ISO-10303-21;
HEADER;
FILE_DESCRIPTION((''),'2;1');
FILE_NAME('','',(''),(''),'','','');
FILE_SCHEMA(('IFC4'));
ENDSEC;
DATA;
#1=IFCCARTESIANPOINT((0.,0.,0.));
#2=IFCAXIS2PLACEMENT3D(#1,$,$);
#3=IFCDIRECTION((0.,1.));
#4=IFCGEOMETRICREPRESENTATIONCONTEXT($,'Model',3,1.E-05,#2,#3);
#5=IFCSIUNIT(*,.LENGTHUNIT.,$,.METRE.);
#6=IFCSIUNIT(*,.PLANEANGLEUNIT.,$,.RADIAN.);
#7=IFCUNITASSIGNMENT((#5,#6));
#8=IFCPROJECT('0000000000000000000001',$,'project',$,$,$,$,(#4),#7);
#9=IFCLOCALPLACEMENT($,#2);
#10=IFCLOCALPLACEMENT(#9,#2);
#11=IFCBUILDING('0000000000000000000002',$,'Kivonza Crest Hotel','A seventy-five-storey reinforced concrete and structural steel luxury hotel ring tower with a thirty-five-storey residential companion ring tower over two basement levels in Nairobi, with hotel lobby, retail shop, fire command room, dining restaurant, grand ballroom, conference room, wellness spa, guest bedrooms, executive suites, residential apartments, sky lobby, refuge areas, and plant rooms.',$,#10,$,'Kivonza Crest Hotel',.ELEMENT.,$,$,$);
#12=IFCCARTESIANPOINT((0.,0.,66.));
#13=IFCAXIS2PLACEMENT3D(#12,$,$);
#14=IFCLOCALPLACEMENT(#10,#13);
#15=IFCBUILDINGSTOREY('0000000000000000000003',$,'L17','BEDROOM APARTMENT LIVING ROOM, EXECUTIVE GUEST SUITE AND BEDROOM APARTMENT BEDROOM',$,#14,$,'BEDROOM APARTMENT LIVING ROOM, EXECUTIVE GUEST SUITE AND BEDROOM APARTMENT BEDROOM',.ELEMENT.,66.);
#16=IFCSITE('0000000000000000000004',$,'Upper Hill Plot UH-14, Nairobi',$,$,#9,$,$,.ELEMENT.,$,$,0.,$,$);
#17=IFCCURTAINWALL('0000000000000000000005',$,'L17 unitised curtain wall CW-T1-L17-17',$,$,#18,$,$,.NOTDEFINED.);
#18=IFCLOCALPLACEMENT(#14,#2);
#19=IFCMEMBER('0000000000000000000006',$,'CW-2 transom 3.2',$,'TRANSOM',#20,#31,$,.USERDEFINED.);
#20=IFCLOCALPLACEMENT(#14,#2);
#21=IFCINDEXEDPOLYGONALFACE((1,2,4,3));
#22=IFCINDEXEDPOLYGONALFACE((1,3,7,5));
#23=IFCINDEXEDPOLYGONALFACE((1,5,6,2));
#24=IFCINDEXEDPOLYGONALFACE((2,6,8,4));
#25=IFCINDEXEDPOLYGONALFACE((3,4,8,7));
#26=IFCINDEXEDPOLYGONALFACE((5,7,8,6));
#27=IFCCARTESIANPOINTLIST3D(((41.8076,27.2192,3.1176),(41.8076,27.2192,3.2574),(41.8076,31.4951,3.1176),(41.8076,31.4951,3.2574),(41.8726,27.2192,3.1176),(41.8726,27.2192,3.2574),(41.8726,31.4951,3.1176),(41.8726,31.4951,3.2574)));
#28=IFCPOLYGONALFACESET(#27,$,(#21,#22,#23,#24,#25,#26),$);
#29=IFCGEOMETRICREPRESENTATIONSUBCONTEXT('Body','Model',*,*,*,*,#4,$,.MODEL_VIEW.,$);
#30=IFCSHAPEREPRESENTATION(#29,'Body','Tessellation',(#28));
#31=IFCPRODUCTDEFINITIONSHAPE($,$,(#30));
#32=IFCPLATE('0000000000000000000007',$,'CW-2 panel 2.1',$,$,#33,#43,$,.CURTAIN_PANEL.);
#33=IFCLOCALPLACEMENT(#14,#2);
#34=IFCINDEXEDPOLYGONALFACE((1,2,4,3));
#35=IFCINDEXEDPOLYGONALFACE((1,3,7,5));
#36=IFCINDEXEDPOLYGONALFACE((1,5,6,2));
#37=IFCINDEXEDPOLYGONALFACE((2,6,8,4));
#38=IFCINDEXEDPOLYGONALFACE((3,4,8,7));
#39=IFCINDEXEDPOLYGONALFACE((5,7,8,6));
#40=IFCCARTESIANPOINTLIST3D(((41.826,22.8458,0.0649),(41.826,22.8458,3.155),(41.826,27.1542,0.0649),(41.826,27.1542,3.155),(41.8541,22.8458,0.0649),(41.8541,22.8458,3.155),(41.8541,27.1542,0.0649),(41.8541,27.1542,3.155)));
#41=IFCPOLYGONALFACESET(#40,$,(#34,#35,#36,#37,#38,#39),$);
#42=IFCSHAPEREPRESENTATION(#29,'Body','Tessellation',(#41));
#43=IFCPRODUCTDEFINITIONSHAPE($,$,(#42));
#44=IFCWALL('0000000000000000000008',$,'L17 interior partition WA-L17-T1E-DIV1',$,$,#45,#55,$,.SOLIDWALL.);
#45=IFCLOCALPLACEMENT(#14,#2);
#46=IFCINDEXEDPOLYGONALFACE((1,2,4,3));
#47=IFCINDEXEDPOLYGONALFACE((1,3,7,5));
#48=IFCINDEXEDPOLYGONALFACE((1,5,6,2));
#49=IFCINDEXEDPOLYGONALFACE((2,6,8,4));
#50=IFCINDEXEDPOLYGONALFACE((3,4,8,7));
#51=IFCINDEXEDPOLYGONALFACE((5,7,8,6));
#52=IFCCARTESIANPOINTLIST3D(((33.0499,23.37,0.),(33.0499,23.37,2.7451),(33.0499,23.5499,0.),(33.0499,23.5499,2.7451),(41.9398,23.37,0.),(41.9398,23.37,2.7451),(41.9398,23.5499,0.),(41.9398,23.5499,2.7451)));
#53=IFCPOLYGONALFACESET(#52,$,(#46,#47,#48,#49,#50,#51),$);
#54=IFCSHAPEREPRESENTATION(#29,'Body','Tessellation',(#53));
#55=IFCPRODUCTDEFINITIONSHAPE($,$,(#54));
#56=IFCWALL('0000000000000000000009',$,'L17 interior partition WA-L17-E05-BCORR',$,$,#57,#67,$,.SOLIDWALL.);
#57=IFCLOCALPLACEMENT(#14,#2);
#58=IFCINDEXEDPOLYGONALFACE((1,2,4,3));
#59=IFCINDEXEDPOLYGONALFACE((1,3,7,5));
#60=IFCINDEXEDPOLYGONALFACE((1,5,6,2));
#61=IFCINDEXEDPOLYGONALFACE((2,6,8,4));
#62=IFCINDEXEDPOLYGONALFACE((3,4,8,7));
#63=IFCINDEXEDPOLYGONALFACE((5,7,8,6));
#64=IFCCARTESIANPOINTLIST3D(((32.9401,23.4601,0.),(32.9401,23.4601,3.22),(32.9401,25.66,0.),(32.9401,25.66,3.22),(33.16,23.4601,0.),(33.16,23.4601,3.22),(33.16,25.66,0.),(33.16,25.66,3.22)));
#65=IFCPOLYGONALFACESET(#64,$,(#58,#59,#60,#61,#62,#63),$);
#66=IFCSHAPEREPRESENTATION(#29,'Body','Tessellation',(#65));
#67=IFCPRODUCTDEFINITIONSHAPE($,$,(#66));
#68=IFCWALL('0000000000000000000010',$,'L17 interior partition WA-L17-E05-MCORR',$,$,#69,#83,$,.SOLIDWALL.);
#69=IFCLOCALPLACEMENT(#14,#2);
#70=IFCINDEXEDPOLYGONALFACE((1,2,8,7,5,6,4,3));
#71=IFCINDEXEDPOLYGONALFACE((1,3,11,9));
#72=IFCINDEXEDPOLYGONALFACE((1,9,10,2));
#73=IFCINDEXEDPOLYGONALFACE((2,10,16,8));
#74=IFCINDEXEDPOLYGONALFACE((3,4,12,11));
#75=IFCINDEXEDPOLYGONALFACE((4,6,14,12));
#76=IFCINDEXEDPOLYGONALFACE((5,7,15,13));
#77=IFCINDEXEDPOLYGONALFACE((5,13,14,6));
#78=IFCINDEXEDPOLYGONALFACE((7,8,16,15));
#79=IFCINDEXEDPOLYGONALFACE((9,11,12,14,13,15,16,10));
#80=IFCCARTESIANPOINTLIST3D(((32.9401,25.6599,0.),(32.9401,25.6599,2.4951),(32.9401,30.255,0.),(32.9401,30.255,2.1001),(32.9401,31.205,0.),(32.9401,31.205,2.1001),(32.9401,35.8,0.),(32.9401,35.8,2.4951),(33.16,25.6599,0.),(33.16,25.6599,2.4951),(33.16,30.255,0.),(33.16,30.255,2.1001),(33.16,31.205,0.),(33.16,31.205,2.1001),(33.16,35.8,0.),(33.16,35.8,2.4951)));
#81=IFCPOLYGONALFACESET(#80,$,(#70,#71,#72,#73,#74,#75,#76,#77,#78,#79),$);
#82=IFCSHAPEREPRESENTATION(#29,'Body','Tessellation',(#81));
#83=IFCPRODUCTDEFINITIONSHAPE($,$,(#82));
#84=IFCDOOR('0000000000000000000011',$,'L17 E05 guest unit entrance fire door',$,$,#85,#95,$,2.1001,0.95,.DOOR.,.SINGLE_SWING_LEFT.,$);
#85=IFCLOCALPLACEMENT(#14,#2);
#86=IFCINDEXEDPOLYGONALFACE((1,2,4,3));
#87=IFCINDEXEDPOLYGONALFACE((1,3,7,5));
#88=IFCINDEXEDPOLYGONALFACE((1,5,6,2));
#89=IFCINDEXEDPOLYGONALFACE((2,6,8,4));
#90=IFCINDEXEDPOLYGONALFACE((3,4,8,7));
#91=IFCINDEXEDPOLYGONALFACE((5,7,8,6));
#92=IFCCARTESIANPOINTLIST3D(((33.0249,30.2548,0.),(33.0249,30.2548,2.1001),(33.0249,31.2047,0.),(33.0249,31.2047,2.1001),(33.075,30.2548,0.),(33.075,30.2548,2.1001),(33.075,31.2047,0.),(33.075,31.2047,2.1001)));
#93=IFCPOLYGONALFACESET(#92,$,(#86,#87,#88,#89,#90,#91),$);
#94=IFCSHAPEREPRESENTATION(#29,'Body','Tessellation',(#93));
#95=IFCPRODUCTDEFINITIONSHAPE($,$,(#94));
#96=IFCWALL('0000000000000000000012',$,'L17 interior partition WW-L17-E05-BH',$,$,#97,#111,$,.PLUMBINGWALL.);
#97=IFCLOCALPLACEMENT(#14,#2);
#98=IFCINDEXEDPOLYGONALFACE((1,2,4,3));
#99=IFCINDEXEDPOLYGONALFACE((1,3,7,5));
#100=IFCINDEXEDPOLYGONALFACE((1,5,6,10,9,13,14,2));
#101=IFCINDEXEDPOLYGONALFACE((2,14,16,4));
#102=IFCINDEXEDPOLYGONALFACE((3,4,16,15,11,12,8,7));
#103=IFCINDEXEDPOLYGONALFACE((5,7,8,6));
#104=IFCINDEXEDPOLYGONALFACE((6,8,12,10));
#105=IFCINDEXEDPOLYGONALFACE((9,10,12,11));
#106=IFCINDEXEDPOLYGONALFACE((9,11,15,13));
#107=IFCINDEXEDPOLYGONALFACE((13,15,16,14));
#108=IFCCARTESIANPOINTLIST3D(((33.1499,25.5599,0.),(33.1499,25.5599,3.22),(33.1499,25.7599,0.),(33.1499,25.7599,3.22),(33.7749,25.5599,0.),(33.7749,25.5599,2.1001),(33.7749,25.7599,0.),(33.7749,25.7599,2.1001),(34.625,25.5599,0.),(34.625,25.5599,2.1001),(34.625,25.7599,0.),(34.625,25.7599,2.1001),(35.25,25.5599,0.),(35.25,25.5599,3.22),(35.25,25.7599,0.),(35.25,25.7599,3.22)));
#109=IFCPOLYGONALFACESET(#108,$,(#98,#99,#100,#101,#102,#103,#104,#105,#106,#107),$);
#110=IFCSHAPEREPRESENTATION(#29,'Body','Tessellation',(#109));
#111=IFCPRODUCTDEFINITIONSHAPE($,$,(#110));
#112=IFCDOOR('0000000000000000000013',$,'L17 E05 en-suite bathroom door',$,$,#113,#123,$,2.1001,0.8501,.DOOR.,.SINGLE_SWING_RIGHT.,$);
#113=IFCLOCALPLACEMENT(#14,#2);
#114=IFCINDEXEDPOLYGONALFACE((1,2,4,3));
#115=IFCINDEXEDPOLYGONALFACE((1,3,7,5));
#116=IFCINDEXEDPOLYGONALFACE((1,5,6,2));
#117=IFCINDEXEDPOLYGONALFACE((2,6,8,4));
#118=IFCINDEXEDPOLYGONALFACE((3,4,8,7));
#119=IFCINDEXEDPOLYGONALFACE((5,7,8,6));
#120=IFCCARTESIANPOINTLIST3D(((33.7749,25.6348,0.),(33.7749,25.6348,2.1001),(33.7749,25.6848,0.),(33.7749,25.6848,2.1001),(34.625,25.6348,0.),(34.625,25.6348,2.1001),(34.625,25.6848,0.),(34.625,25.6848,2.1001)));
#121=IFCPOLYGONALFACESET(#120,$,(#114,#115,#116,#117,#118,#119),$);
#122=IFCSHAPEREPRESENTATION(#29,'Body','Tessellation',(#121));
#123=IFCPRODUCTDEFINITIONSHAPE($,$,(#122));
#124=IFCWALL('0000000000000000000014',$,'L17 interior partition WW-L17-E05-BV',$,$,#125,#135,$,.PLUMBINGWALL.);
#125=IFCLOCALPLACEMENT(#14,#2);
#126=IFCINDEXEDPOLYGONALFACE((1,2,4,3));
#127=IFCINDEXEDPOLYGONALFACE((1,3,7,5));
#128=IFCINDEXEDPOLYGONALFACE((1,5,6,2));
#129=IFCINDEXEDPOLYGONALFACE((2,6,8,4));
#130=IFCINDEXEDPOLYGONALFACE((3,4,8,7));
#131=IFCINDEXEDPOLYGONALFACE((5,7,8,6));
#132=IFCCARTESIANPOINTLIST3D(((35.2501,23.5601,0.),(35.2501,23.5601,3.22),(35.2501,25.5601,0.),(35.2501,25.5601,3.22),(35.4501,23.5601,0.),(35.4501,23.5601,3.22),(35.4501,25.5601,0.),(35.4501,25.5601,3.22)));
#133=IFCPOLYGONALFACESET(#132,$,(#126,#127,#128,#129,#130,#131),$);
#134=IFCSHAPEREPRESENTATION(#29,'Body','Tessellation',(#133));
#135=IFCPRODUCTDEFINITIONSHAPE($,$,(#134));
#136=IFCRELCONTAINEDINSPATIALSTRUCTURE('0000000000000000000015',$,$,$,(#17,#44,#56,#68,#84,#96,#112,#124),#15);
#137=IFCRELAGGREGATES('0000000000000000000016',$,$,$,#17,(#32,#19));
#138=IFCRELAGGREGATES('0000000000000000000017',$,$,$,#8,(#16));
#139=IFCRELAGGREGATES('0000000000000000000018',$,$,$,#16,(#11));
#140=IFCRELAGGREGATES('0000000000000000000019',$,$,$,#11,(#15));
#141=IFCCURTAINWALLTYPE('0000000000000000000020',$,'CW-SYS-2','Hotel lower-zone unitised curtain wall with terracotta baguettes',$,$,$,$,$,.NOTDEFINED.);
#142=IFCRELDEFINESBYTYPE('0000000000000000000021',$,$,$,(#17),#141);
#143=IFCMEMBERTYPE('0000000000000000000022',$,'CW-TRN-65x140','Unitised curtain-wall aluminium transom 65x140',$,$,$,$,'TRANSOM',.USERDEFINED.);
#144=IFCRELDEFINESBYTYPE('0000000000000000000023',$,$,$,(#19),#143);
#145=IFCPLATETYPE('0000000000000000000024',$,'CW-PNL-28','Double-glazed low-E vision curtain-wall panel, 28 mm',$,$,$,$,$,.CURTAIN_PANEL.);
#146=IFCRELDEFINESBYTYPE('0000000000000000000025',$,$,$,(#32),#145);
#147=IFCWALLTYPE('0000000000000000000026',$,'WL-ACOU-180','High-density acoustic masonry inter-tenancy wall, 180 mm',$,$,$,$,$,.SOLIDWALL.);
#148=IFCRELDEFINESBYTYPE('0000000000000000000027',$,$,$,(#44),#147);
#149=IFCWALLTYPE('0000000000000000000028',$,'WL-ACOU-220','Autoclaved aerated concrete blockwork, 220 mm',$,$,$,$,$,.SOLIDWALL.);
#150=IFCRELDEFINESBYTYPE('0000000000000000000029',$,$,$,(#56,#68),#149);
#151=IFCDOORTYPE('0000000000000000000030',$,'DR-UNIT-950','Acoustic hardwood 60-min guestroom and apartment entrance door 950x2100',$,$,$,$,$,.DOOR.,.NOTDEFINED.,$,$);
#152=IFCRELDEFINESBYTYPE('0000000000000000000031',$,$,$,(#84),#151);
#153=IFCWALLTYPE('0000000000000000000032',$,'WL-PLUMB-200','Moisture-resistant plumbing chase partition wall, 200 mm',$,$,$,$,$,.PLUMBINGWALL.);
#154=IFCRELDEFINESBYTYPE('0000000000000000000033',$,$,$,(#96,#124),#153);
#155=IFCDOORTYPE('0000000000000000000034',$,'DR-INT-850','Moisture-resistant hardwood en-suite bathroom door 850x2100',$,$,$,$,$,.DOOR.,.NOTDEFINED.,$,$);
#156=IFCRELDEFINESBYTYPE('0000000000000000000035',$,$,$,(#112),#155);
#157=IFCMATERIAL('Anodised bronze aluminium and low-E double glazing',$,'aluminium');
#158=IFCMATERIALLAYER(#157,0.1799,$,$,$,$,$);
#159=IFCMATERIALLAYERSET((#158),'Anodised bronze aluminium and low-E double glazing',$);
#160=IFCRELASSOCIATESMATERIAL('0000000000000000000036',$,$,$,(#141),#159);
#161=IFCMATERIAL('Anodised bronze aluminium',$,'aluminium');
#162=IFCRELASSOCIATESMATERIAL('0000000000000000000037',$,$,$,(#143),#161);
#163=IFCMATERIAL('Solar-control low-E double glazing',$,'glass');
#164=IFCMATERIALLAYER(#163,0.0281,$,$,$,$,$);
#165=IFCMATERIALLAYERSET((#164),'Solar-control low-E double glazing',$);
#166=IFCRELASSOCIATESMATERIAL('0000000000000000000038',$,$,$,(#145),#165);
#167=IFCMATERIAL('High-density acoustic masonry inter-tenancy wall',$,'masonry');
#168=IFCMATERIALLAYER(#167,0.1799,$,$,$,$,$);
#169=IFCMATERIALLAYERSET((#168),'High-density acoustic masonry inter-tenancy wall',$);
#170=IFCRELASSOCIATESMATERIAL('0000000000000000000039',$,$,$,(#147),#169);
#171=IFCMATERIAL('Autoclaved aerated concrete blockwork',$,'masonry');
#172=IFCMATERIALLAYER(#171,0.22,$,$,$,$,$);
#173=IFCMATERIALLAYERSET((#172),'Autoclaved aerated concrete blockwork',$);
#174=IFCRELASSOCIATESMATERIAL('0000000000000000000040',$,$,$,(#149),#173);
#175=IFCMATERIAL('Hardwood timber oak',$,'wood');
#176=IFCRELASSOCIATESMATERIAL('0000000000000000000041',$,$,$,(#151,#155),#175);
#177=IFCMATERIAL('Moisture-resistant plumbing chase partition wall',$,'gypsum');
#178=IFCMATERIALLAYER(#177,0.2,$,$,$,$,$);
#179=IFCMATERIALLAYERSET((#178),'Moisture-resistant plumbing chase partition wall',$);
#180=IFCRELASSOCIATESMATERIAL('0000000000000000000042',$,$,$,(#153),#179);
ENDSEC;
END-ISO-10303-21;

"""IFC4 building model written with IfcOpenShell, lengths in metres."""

from ifc_helpers import new_model, si_unit, direction, frame, frame_2d, origin, origin_2d, place, context, subcontext, project, spatial, rectangle, extrude, material, layer, layer_set, material_profile, profile_set, type_object, element, fill, aggregate, save


model = new_model("IFC4")

# Units and contexts
model_context = context("Model", 3, precision=1e-05, world=origin(), true_north=direction((0.0, 1.0)))
body_context = subcontext(model_context, "Body", "Model", "MODEL_VIEW")
ifc_project = project(units=[si_unit("LENGTHUNIT", "METRE"), si_unit("PLANEANGLEUNIT", "RADIAN")], contexts=[model_context])

# Site, building, storey
site_placement = place(None, origin())
site = spatial("IfcSite", under=ifc_project, at=site_placement, Name="Upper Hill Plot UH-14, Nairobi", CompositionType="ELEMENT", RefElevation=0.0)
building_placement = place(site_placement, origin())
building = spatial("IfcBuilding", under=site, at=building_placement, Name="Kivonza Crest Hotel", Description="A seventy-five-storey reinforced concrete and structural steel luxury hotel ring tower with a thirty-five-storey residential companion ring tower over two basement levels in Nairobi, with hotel lobby, retail shop, fire command room, dining restaurant, grand ballroom, conference room, wellness spa, guest bedrooms, executive suites, residential apartments, sky lobby, refuge areas, and plant rooms.", LongName="Kivonza Crest Hotel", CompositionType="ELEMENT")
storey_placement = place(building_placement, frame((0.0, 0.0, 66.0)))
storey = spatial("IfcBuildingStorey", under=building, at=storey_placement, Name="L17", Description="BEDROOM APARTMENT LIVING ROOM, EXECUTIVE GUEST SUITE AND BEDROOM APARTMENT BEDROOM", LongName="BEDROOM APARTMENT LIVING ROOM, EXECUTIVE GUEST SUITE AND BEDROOM APARTMENT BEDROOM", CompositionType="ELEMENT", Elevation=66.0)

# Curtain wall, member, plate
ifc_material_1 = material(Name="Anodised bronze aluminium and low-E double glazing", Category="aluminium")
ifc_layer_1 = layer(ifc_material_1, 0.1799)
ifc_layer_set_1 = layer_set([ifc_layer_1], Name="Anodised bronze aluminium and low-E double glazing")
curtain_wall_type = type_object("IfcCurtainWallType", Name="CW-SYS-2", Description="Hotel lower-zone unitised curtain wall with terracotta baguettes", PredefinedType="NOTDEFINED", material=ifc_layer_set_1)
curtain_wall_placement = place(storey_placement, origin())
curtain_wall = element("IfcCurtainWall", 1, at=curtain_wall_placement, inside=storey, type_object=curtain_wall_type, Name="L17 unitised curtain wall CW-T1-L17-17", PredefinedType="NOTDEFINED")
ifc_material_2 = material(Name="Anodised bronze aluminium", Category="aluminium")
ifc_material_profile_1 = material_profile(ifc_material_2, rectangle(XDim=0.0649, YDim=0.1399, at=origin_2d()), Name="CW-T 65x140")
ifc_profile_set_1 = profile_set([ifc_material_profile_1], Name="Anodised bronze aluminium")
member_type_1 = type_object("IfcMemberType", Name="CW-TRN-65x140", Description="Unitised curtain-wall aluminium transom 65x140", ElementType="TRANSOM", PredefinedType="USERDEFINED", material=ifc_profile_set_1)
member_1_placement = place(storey_placement, frame((41.8401, 27.2192, 3.1875), z_axis=(0.0, 1.0, 0.0), x_axis=(-1.0, 0.0, 0.0)))
member_1 = element("IfcMember", 2, at=member_1_placement, type_object=member_type_1, Name="CW-2 transom 3.2", ObjectType="TRANSOM", PredefinedType="USERDEFINED", context=body_context, shape_type="SweptSolid", body=[
    extrude(rectangle(XDim=0.0649, YDim=0.1399, at=origin_2d()), origin(), (0.0, 0.0, 1.0), 4.2759),
])
ifc_material_3 = material(Name="Solar-control low-E double glazing", Category="glass")
ifc_layer_2 = layer(ifc_material_3, 0.0281)
ifc_layer_set_2 = layer_set([ifc_layer_2], Name="Solar-control low-E double glazing")
plate_type = type_object("IfcPlateType", Name="CW-PNL-28", Description="Double-glazed low-E vision curtain-wall panel, 28 mm", PredefinedType="CURTAIN_PANEL", material=ifc_layer_set_2)
plate_placement = place(storey_placement, frame((41.8401, 25.0, 0.0649), z_axis=(0.0, 0.0, 1.0), x_axis=(0.0, 1.0, 0.0)))
plate = element("IfcPlate", 3, at=plate_placement, type_object=plate_type, Name="CW-2 panel 2.1", PredefinedType="CURTAIN_PANEL", context=body_context, shape_type="SweptSolid", body=[
    extrude(rectangle(XDim=4.3083, YDim=0.0281, at=origin_2d()), origin(), (0.0, 0.0, 1.0), 3.0901),
])
aggregate(curtain_wall, [plate, member_1])

# Walls
ifc_material_4 = material(Name="High-density acoustic masonry inter-tenancy wall", Category="masonry")
ifc_layer_3 = layer(ifc_material_4, 0.1799)
ifc_layer_set_3 = layer_set([ifc_layer_3], Name="High-density acoustic masonry inter-tenancy wall")
wall_type_1 = type_object("IfcWallType", Name="WL-ACOU-180", Description="High-density acoustic masonry inter-tenancy wall, 180 mm", PredefinedType="SOLIDWALL", material=ifc_layer_set_3)
wall_1_placement = place(storey_placement, frame((33.05, 23.46, 0.0), z_axis=(0.0, 0.0, 1.0), x_axis=(1.0, 0.0, 0.0)))
element("IfcWall", 4, at=wall_1_placement, inside=storey, type_object=wall_type_1, Name="L17 interior partition WA-L17-T1E-DIV1", PredefinedType="SOLIDWALL", context=body_context, shape_type="SweptSolid", body=[
    extrude(rectangle(XDim=8.8899, YDim=0.1799, at=frame_2d((4.4448, 0.0))), origin(), (0.0, 0.0, 1.0), 2.7451),
])
ifc_material_5 = material(Name="Autoclaved aerated concrete blockwork", Category="masonry")
ifc_layer_4 = layer(ifc_material_5, 0.22)
ifc_layer_set_4 = layer_set([ifc_layer_4], Name="Autoclaved aerated concrete blockwork")
wall_type_2 = type_object("IfcWallType", Name="WL-ACOU-220", Description="Autoclaved aerated concrete blockwork, 220 mm", PredefinedType="SOLIDWALL", material=ifc_layer_set_4)
wall_2_placement = place(storey_placement, frame((33.05, 23.46, 0.0), z_axis=(0.0, 0.0, 1.0), x_axis=(0.0, 1.0, 0.0)))
element("IfcWall", 5, at=wall_2_placement, inside=storey, type_object=wall_type_2, Name="L17 interior partition WA-L17-E05-BCORR", PredefinedType="SOLIDWALL", context=body_context, shape_type="SweptSolid", body=[
    extrude(rectangle(XDim=2.2, YDim=0.22, at=frame_2d((1.1001, 0.0))), origin(), (0.0, 0.0, 1.0), 3.22),
])

# Walls, openings, doors
wall_3_placement = place(storey_placement, frame((33.05, 25.6599, 0.0), z_axis=(0.0, 0.0, 1.0), x_axis=(0.0, 1.0, 0.0)))
wall_3 = element("IfcWall", 6, at=wall_3_placement, inside=storey, type_object=wall_type_2, Name="L17 interior partition WA-L17-E05-MCORR", PredefinedType="SOLIDWALL", context=body_context, shape_type="SweptSolid", body=[
    extrude(rectangle(XDim=10.1401, YDim=0.22, at=frame_2d((5.0701, 0.0))), origin(), (0.0, 0.0, 1.0), 2.4951),
])
opening_1_placement = place(wall_3_placement, frame((4.595, 0.0, 0.0)))
opening_1 = element("IfcOpeningElement", 7, at=opening_1_placement, cuts=wall_3, PredefinedType="OPENING", context=body_context, shape_type="SweptSolid", body=[
    extrude(rectangle(XDim=0.95, YDim=2.1001, at=frame_2d((0.4751, 1.05))), frame((0.0, 0.1201, 0.0), z_axis=(0.0, -1.0, 0.0), x_axis=(1.0, 0.0, 0.0)), (0.0, 0.0, 1.0), 0.24),
])
ifc_material_6 = material(Name="Hardwood timber oak", Category="wood")
door_type_1 = type_object("IfcDoorType", Name="DR-UNIT-950", Description="Acoustic hardwood 60-min guestroom and apartment entrance door 950x2100", OperationType="NOTDEFINED", PredefinedType="DOOR", material=ifc_material_6)
door_1_placement = place(opening_1_placement, frame((0.95, 0.0, 0.0), z_axis=(0.0, 0.0, 1.0), x_axis=(-1.0, 0.0, 0.0)))
door_1 = element("IfcDoor", 8, at=door_1_placement, inside=storey, type_object=door_type_1, Name="L17 E05 guest unit entrance fire door", OperationType="SINGLE_SWING_LEFT", OverallHeight=2.1001, OverallWidth=0.95, PredefinedType="DOOR", context=body_context, shape_type="SweptSolid", body=[
    extrude(rectangle(XDim=0.95, YDim=2.1001, at=frame_2d((0.4751, 1.05))), frame((0.0, 0.0249, 0.0), z_axis=(0.0, -1.0, 0.0), x_axis=(1.0, 0.0, 0.0)), (0.0, 0.0, 1.0), 0.05),
])
fill(opening_1, door_1)
ifc_material_7 = material(Name="Moisture-resistant plumbing chase partition wall", Category="gypsum")
ifc_layer_5 = layer(ifc_material_7, 0.2)
ifc_layer_set_5 = layer_set([ifc_layer_5], Name="Moisture-resistant plumbing chase partition wall")
wall_type_3 = type_object("IfcWallType", Name="WL-PLUMB-200", Description="Moisture-resistant plumbing chase partition wall, 200 mm", PredefinedType="PLUMBINGWALL", material=ifc_layer_set_5)
wall_4_placement = place(storey_placement, frame((33.1499, 25.6599, 0.0), z_axis=(0.0, 0.0, 1.0), x_axis=(1.0, 0.0, 0.0)))
wall_4 = element("IfcWall", 9, at=wall_4_placement, inside=storey, type_object=wall_type_3, Name="L17 interior partition WW-L17-E05-BH", PredefinedType="PLUMBINGWALL", context=body_context, shape_type="SweptSolid", body=[
    extrude(rectangle(XDim=2.1001, YDim=0.2, at=frame_2d((1.05, 0.0))), origin(), (0.0, 0.0, 1.0), 3.22),
])
opening_2_placement = place(wall_4_placement, frame((0.625, 0.0, 0.0)))
opening_2 = element("IfcOpeningElement", 10, at=opening_2_placement, cuts=wall_4, PredefinedType="OPENING", context=body_context, shape_type="SweptSolid", body=[
    extrude(rectangle(XDim=0.8501, YDim=2.1001, at=frame_2d((0.425, 1.05))), frame((0.0, 0.1099, 0.0), z_axis=(0.0, -1.0, 0.0), x_axis=(1.0, 0.0, 0.0)), (0.0, 0.0, 1.0), 0.22),
])
door_type_2 = type_object("IfcDoorType", Name="DR-INT-850", Description="Moisture-resistant hardwood en-suite bathroom door 850x2100", OperationType="NOTDEFINED", PredefinedType="DOOR", material=ifc_material_6)
door_2_placement = place(opening_2_placement, origin())
door_2 = element("IfcDoor", 11, at=door_2_placement, inside=storey, type_object=door_type_2, Name="L17 E05 en-suite bathroom door", OperationType="SINGLE_SWING_RIGHT", OverallHeight=2.1001, OverallWidth=0.8501, PredefinedType="DOOR", context=body_context, shape_type="SweptSolid", body=[
    extrude(rectangle(XDim=0.8501, YDim=2.1001, at=frame_2d((0.425, 1.05))), frame((0.0, 0.0249, 0.0), z_axis=(0.0, -1.0, 0.0), x_axis=(1.0, 0.0, 0.0)), (0.0, 0.0, 1.0), 0.05),
])
fill(opening_2, door_2)

# Wall
wall_5_placement = place(storey_placement, frame((35.3501, 23.5601, 0.0), z_axis=(0.0, 0.0, 1.0), x_axis=(0.0, 1.0, 0.0)))
element("IfcWall", 12, at=wall_5_placement, inside=storey, type_object=wall_type_3, Name="L17 interior partition WW-L17-E05-BV", PredefinedType="PLUMBINGWALL", context=body_context, shape_type="SweptSolid", body=[
    extrude(rectangle(XDim=2.0, YDim=0.2, at=frame_2d((1.0, 0.0))), origin(), (0.0, 0.0, 1.0), 3.22),
])

save(model, "model.ifc")
